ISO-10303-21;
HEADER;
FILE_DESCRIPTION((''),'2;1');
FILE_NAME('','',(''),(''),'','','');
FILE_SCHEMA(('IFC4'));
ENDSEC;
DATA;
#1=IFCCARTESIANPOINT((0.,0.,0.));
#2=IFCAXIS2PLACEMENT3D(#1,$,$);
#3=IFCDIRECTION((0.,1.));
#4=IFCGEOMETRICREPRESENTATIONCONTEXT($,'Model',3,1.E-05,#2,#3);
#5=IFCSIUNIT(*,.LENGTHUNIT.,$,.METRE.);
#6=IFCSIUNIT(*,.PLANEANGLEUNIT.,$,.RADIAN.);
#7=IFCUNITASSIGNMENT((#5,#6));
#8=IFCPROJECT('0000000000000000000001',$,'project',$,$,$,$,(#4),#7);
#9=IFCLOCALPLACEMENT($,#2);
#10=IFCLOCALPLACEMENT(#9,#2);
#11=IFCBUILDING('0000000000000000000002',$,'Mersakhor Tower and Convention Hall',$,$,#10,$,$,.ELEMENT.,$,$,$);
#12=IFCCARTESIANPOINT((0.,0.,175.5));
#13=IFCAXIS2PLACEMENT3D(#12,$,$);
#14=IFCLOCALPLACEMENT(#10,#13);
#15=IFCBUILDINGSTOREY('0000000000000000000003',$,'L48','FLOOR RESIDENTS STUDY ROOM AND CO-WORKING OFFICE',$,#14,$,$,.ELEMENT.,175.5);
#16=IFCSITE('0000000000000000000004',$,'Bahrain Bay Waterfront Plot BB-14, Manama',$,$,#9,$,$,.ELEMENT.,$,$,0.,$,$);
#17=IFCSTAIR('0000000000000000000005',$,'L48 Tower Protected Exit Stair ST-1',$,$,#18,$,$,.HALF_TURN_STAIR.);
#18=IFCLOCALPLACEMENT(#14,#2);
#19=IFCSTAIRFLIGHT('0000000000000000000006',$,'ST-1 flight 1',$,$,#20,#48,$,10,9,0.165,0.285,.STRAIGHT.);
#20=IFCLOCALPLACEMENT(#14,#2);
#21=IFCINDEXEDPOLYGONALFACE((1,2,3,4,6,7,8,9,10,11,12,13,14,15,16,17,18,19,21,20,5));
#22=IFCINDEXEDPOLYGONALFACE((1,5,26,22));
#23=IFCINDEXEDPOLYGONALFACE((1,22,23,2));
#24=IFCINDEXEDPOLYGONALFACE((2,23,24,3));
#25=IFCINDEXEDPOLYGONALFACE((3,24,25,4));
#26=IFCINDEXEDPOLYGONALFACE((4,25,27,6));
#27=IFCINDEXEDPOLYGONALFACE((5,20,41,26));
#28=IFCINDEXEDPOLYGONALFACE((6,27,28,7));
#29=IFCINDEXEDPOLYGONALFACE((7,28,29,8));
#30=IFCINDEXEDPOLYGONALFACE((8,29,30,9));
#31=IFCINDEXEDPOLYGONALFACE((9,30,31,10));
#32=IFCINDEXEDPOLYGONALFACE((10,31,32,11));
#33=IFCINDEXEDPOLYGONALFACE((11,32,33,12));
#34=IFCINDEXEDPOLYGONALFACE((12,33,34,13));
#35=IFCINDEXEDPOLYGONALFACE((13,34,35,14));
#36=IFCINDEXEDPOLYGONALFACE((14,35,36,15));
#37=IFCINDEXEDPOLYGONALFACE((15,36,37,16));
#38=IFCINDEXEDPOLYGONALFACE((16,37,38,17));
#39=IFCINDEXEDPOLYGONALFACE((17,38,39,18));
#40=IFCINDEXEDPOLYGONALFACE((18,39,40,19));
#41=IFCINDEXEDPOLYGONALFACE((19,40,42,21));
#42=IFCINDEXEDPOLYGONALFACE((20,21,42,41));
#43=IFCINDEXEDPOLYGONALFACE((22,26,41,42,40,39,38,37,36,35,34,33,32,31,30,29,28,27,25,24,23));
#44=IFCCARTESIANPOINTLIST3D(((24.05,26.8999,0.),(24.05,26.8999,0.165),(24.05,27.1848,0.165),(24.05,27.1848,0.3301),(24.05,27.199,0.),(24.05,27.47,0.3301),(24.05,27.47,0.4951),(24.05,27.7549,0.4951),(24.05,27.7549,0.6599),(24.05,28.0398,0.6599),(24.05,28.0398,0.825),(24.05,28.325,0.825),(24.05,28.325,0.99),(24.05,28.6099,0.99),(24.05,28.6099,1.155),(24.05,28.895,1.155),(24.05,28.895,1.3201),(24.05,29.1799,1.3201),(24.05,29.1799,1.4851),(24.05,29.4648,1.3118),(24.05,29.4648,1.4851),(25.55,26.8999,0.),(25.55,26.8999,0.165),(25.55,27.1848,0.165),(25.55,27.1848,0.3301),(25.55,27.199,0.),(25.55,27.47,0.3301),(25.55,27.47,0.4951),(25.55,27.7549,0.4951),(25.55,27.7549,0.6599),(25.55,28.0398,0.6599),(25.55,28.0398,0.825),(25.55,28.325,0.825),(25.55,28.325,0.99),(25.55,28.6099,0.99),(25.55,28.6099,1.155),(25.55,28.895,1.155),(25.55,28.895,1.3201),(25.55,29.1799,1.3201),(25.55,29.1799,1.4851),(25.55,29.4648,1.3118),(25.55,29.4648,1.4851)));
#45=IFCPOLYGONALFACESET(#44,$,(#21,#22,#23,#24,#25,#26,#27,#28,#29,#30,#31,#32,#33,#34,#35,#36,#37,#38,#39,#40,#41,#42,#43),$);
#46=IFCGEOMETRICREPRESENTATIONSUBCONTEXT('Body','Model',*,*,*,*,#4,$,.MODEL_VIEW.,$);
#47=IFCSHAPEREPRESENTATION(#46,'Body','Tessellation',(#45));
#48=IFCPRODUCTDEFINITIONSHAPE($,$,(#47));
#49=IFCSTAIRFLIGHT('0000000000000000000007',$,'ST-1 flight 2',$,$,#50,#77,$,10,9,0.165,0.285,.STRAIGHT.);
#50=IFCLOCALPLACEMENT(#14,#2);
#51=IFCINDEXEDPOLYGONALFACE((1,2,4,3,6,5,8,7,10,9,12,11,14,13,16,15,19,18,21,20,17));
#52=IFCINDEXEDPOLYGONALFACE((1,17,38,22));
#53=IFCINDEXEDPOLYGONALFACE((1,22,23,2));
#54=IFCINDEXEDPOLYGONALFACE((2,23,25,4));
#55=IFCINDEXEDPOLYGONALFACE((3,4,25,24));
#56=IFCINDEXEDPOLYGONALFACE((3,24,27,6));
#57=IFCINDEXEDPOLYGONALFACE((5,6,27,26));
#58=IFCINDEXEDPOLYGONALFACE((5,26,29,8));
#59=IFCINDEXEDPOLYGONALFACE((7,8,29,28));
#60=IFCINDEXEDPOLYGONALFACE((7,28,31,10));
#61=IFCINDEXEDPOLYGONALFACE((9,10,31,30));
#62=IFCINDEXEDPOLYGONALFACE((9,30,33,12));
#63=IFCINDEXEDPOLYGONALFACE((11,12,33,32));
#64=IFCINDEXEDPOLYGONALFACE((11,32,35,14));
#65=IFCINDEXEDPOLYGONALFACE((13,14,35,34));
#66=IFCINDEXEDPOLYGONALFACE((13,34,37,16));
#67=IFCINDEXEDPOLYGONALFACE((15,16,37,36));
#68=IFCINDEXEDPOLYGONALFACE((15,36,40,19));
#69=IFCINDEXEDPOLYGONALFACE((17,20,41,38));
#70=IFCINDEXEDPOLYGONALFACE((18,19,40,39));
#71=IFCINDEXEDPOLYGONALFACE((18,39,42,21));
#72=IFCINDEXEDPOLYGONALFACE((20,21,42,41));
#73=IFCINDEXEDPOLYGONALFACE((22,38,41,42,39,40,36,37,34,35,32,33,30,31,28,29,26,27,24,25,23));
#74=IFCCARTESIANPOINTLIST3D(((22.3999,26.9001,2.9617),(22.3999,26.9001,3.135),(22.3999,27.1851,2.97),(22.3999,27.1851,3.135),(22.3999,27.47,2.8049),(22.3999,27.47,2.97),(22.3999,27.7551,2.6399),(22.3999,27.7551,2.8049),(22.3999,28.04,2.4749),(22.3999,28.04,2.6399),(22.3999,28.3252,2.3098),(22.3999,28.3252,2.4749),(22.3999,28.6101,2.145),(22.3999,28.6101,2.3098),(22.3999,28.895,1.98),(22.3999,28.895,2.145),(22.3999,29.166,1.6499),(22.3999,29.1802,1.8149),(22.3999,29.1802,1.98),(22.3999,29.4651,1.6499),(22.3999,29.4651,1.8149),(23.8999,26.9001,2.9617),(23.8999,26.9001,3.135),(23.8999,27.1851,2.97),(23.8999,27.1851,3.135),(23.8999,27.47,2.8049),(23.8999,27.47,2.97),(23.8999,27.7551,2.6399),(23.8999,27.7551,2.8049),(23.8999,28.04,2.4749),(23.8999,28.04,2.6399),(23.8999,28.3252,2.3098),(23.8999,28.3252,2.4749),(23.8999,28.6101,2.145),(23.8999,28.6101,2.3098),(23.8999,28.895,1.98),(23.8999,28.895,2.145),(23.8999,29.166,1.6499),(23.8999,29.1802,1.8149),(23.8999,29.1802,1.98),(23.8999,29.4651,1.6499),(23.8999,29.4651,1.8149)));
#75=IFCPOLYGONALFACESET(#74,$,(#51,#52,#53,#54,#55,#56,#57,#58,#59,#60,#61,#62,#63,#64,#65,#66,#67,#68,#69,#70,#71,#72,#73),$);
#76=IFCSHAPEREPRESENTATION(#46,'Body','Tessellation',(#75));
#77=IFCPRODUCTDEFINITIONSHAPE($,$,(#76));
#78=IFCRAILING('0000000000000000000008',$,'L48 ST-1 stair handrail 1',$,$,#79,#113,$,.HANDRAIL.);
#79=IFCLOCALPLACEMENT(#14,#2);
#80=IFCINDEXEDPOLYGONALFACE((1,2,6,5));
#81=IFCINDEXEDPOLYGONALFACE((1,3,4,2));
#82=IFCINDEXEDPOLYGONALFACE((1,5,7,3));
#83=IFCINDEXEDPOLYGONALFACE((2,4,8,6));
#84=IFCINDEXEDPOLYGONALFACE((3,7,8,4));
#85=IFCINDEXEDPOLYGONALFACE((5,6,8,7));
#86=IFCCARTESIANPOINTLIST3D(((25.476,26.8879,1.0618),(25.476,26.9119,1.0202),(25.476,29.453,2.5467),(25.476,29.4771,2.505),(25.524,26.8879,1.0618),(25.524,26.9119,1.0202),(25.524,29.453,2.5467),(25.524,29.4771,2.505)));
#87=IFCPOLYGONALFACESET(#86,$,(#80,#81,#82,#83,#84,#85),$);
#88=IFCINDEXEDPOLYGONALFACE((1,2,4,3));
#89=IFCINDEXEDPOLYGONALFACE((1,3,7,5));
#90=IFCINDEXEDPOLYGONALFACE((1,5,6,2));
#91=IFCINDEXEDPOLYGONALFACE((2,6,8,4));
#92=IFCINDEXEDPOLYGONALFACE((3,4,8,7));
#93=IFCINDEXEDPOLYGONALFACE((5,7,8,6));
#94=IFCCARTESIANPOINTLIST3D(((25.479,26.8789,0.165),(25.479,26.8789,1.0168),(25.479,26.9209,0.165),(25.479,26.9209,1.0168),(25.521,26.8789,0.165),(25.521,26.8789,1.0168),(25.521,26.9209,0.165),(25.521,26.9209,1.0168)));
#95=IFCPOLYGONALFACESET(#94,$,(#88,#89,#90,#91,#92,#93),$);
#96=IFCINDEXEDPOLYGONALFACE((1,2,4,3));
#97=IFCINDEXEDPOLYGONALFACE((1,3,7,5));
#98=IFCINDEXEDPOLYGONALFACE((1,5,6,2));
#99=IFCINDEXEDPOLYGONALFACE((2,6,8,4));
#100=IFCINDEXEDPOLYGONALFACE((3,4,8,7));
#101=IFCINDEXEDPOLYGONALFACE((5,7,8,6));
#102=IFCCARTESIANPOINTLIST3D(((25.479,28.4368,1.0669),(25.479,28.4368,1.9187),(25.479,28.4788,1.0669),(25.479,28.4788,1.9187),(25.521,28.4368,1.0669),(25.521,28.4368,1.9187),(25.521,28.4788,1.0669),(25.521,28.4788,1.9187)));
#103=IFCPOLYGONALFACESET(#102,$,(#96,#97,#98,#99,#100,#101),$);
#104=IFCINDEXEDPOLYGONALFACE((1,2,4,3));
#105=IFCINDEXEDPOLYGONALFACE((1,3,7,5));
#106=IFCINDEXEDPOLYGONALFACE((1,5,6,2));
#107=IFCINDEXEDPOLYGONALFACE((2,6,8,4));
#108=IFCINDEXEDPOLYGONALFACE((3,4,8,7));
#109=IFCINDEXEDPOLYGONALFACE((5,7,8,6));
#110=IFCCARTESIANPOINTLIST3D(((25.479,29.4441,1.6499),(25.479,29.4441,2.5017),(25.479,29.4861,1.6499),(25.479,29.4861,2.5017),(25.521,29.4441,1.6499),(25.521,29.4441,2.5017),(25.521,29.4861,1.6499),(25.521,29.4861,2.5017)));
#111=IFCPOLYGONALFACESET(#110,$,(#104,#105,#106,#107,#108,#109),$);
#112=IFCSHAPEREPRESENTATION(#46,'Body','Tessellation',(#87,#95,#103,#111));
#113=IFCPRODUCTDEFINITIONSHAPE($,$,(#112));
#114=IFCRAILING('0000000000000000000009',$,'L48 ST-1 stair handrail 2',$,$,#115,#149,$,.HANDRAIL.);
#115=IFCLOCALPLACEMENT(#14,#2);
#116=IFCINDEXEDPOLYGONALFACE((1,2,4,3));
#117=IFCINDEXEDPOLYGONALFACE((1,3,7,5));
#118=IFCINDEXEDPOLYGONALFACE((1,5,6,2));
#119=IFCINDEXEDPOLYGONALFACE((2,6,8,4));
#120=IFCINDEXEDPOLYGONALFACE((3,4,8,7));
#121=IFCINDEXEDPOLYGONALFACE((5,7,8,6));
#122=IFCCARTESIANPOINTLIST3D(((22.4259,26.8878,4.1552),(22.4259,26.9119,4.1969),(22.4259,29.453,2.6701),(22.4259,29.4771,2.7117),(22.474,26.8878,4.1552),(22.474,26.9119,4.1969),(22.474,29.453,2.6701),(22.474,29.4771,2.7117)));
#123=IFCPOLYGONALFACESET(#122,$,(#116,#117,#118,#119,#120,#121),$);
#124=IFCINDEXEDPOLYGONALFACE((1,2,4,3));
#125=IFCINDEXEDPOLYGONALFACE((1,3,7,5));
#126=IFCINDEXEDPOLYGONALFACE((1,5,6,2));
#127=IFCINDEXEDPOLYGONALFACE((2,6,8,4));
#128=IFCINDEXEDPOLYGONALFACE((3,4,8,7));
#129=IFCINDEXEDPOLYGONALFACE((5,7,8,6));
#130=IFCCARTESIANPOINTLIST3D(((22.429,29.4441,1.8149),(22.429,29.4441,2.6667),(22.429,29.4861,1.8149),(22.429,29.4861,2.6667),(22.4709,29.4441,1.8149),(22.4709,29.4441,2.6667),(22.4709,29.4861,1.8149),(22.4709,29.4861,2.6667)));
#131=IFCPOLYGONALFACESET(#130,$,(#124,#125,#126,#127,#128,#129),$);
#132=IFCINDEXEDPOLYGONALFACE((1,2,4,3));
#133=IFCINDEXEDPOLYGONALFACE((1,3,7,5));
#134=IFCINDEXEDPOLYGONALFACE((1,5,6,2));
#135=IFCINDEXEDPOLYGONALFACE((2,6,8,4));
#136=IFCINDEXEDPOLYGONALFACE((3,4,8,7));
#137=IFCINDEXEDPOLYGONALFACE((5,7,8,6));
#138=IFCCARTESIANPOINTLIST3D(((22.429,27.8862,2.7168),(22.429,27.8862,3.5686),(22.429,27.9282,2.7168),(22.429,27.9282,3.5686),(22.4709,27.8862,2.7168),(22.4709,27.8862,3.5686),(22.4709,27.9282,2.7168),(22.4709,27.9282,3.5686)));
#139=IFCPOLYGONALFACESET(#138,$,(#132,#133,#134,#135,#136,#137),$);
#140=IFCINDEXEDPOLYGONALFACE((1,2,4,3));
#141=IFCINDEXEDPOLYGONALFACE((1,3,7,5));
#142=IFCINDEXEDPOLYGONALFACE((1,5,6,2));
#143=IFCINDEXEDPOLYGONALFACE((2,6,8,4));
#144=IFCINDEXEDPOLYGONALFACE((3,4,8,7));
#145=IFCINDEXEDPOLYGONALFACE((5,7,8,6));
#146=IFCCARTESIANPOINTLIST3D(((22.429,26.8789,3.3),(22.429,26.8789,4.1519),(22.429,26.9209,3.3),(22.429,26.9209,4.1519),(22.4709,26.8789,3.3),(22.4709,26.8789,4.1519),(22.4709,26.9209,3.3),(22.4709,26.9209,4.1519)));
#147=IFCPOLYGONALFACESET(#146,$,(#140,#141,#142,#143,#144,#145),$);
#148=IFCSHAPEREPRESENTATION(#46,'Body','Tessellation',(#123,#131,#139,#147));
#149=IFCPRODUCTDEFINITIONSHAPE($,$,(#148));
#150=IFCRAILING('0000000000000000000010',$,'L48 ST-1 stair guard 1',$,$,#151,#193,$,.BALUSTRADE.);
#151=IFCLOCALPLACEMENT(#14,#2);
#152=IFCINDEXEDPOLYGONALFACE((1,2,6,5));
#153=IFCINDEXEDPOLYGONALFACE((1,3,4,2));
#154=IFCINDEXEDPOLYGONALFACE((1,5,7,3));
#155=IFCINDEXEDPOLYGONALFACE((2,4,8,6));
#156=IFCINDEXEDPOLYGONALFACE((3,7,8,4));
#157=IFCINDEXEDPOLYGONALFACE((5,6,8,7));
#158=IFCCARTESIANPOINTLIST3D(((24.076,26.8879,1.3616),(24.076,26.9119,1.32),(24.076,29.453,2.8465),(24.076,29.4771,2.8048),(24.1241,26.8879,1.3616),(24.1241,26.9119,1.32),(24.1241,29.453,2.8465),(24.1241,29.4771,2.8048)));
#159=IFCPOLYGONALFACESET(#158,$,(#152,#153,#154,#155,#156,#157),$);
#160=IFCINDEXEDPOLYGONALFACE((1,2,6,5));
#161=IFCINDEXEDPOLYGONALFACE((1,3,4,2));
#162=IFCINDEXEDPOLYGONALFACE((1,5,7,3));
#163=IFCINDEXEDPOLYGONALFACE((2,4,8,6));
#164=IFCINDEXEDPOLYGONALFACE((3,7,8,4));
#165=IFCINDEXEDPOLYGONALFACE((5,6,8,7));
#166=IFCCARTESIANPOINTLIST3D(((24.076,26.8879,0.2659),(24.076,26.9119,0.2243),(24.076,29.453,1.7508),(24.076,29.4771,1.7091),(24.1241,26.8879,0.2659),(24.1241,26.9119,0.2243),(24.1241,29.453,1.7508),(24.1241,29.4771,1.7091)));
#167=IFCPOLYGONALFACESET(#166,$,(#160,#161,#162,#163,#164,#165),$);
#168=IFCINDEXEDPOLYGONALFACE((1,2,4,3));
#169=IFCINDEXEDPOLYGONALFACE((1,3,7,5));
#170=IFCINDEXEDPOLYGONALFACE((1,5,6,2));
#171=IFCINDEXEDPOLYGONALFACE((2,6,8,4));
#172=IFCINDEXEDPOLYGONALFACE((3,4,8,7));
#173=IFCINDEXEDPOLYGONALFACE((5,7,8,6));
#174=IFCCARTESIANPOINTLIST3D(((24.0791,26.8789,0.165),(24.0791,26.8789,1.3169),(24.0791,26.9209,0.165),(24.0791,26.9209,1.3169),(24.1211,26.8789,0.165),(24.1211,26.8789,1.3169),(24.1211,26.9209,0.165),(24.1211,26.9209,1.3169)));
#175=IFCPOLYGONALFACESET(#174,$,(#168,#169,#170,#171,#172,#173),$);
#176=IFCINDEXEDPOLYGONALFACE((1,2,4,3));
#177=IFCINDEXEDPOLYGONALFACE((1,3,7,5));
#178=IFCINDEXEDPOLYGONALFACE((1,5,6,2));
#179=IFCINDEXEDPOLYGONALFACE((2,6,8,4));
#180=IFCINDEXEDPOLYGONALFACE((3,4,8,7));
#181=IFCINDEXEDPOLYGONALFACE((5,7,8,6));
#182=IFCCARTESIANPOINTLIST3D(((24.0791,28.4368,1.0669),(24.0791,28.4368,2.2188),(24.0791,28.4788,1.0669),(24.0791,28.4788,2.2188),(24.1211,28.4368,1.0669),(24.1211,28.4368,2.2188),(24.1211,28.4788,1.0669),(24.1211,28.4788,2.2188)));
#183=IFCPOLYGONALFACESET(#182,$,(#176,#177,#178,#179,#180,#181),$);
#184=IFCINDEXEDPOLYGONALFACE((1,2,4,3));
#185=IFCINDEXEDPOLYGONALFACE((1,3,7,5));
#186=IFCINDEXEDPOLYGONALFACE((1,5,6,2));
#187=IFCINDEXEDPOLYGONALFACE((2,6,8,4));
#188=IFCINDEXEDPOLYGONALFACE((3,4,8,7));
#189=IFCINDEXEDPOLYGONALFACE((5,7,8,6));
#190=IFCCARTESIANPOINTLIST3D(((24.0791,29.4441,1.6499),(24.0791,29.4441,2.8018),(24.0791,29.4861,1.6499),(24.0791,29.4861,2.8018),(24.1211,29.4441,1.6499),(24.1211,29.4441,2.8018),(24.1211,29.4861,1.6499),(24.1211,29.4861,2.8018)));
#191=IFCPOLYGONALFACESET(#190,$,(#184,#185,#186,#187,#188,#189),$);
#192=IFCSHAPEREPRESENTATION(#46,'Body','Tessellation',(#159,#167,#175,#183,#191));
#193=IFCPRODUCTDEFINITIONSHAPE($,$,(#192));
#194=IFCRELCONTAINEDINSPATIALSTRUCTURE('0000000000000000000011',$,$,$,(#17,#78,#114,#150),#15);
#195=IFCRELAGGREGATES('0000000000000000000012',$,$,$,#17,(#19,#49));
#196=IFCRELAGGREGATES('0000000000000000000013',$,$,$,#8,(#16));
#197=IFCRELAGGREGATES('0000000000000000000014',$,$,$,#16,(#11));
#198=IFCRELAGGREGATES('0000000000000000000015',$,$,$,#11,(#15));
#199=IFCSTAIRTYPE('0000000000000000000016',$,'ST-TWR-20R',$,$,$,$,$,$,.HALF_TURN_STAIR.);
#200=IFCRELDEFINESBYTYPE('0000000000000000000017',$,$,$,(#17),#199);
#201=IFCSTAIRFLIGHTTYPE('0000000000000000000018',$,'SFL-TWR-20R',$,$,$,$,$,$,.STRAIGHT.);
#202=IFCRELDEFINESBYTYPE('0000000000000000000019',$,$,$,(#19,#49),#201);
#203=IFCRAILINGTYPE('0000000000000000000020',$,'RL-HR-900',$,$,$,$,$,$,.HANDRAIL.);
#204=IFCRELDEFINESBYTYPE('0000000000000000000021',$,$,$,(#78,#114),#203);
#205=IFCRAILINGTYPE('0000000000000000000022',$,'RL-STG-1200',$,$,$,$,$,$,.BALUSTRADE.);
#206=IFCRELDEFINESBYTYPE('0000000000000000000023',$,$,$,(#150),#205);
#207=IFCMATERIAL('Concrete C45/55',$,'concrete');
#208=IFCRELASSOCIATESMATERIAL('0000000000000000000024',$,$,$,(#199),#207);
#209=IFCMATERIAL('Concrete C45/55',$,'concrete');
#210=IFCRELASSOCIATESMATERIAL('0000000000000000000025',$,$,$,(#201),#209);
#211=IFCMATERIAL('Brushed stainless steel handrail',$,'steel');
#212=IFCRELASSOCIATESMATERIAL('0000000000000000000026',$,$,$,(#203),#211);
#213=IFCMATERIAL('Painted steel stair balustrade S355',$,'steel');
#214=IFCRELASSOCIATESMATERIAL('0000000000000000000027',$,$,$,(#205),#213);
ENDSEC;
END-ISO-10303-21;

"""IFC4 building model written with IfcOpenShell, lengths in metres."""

from ifc_helpers import new_model, si_unit, direction, frame, origin, origin_2d, place, context, subcontext, project, spatial, polyline, rectangle, outline, extrude, material, type_object, element, aggregate, save


model = new_model("IFC4")

# Units and contexts
model_context = context("Model", 3, precision=1e-05, world=origin(), true_north=direction((0.0, 1.0)))
body_context = subcontext(model_context, "Body", "Model", "MODEL_VIEW")
ifc_project = project(units=[si_unit("LENGTHUNIT", "METRE"), si_unit("PLANEANGLEUNIT", "RADIAN")], contexts=[model_context])

# Site, building, storey
site_placement = place(None, origin())
site = spatial("IfcSite", under=ifc_project, at=site_placement, Name="Bahrain Bay Waterfront Plot BB-14, Manama", CompositionType="ELEMENT", RefElevation=0.0)
building_placement = place(site_placement, origin())
building = spatial("IfcBuilding", under=site, at=building_placement, Name="Mersakhor Tower and Convention Hall", CompositionType="ELEMENT")
storey_placement = place(building_placement, frame((0.0, 0.0, 175.5)))
storey = spatial("IfcBuildingStorey", under=building, at=storey_placement, Name="L48", Description="FLOOR RESIDENTS STUDY ROOM AND CO-WORKING OFFICE", CompositionType="ELEMENT", Elevation=175.5)

# Stair, stair flights
ifc_material_1 = material(Name="Concrete C45/55", Category="concrete")
stair_type = type_object("IfcStairType", Name="ST-TWR-20R", PredefinedType="HALF_TURN_STAIR", material=ifc_material_1)
stair_placement = place(storey_placement, origin())
stair = element("IfcStair", 1, at=stair_placement, inside=storey, type_object=stair_type, Name="L48 Tower Protected Exit Stair ST-1", PredefinedType="HALF_TURN_STAIR")
ifc_material_2 = material(Name="Concrete C45/55", Category="concrete")
stair_flight_type = type_object("IfcStairFlightType", Name="SFL-TWR-20R", PredefinedType="STRAIGHT", material=ifc_material_2)
stair_flight_1_placement = place(storey_placement, frame((24.8, 26.8999, 0.0), z_axis=(0.0, 0.0, 1.0), x_axis=(0.0, 1.0, 0.0)))
stair_flight_1 = element("IfcStairFlight", 2, at=stair_flight_1_placement, type_object=stair_flight_type, Name="ST-1 flight 1", NumberOfRisers=10, NumberOfTreads=9, PredefinedType="STRAIGHT", RiserHeight=0.165, TreadLength=0.285, context=body_context, shape_type="SweptSolid", body=[
    extrude(outline(polyline([(0.0, 0.0), (0.0, 0.165), (0.2849, 0.165), (0.2849, 0.3301), (0.5701, 0.3301), (0.5701, 0.4951), (0.855, 0.4951), (0.855, 0.6599), (1.1399, 0.6599), (1.1399, 0.825), (1.425, 0.825), (1.425, 0.99), (1.71, 0.99), (1.71, 1.155), (1.9951, 1.155), (1.9951, 1.3201), (2.28, 1.3201), (2.28, 1.4851), (2.5649, 1.4851), (2.5649, 1.6499), (2.5649, 1.3118), (0.2991, 0.0), (0.0, 0.0)])), frame((0.0, 0.75, 0.0), z_axis=(0.0, -1.0, 0.0), x_axis=(1.0, 0.0, 0.0)), (0.0, 0.0, 1.0), 1.5),
])
stair_flight_2_placement = place(storey_placement, frame((23.1499, 29.4651, 1.6499), z_axis=(0.0, 0.0, 1.0), x_axis=(0.0, -1.0, 0.0)))
stair_flight_2 = element("IfcStairFlight", 3, at=stair_flight_2_placement, type_object=stair_flight_type, Name="ST-1 flight 2", NumberOfRisers=10, NumberOfTreads=9, PredefinedType="STRAIGHT", RiserHeight=0.165, TreadLength=0.285, context=body_context, shape_type="SweptSolid", body=[
    extrude(outline(polyline([(0.0, 0.0), (0.0, 0.165), (0.2849, 0.165), (0.2849, 0.3301), (0.5701, 0.3301), (0.5701, 0.4951), (0.855, 0.4951), (0.855, 0.6599), (1.1399, 0.6599), (1.1399, 0.825), (1.425, 0.825), (1.425, 0.99), (1.71, 0.99), (1.71, 1.155), (1.9951, 1.155), (1.9951, 1.3201), (2.28, 1.3201), (2.28, 1.4851), (2.5649, 1.4851), (2.5649, 1.6499), (2.5649, 1.3118), (0.2991, 0.0), (0.0, 0.0)])), frame((0.0, 0.75, 0.0), z_axis=(0.0, -1.0, 0.0), x_axis=(1.0, 0.0, 0.0)), (0.0, 0.0, 1.0), 1.5),
])
aggregate(stair, [stair_flight_1, stair_flight_2])

# Railings
ifc_material_3 = material(Name="Brushed stainless steel handrail", Category="steel")
railing_type_1 = type_object("IfcRailingType", Name="RL-HR-900", PredefinedType="HANDRAIL", material=ifc_material_3)
railing_1_placement = place(storey_placement, frame((25.5, 26.8999, 0.165)))
element("IfcRailing", 4, at=railing_1_placement, inside=storey, type_object=railing_type_1, Name="L48 ST-1 stair handrail 1", PredefinedType="HANDRAIL", context=body_context, shape_type="SweptSolid", body=[
    extrude(rectangle(XDim=0.0481, YDim=0.0481, at=origin_2d()), frame((0.0, 0.0, 0.876), z_axis=(0.0, 0.865462, 0.500975), x_axis=(-1.0, 0.0, 0.0)), (0.0, 0.0, 1.0), 2.9639),
    extrude(rectangle(XDim=0.042, YDim=0.042, at=origin_2d()), origin(), (0.0, 0.0, 1.0), 0.8518),
    extrude(rectangle(XDim=0.042, YDim=0.042, at=origin_2d()), frame((0.0, 1.5579, 0.9019)), (0.0, 0.0, 1.0), 0.8518),
    extrude(rectangle(XDim=0.042, YDim=0.042, at=origin_2d()), frame((0.0, 2.5652, 1.4849)), (0.0, 0.0, 1.0), 0.8518),
])
railing_2_placement = place(storey_placement, frame((22.45, 29.4651, 1.8149)))
element("IfcRailing", 5, at=railing_2_placement, inside=storey, type_object=railing_type_1, Name="L48 ST-1 stair handrail 2", PredefinedType="HANDRAIL", context=body_context, shape_type="SweptSolid", body=[
    extrude(rectangle(XDim=0.0481, YDim=0.0481, at=origin_2d()), frame((0.0, 0.0, 0.876), z_axis=(0.0, -0.865426, 0.501036), x_axis=(1.0, 0.0, 0.0)), (0.0, 0.0, 1.0), 2.9641),
    extrude(rectangle(XDim=0.042, YDim=0.042, at=origin_2d()), origin(), (0.0, 0.0, 1.0), 0.8518),
    extrude(rectangle(XDim=0.042, YDim=0.042, at=origin_2d()), frame((0.0, -1.5579, 0.9019)), (0.0, 0.0, 1.0), 0.8518),
    extrude(rectangle(XDim=0.042, YDim=0.042, at=origin_2d()), frame((0.0, -2.5652, 1.4851)), (0.0, 0.0, 1.0), 0.8518),
])
ifc_material_4 = material(Name="Painted steel stair balustrade S355", Category="steel")
railing_type_2 = type_object("IfcRailingType", Name="RL-STG-1200", PredefinedType="BALUSTRADE", material=ifc_material_4)
railing_3_placement = place(storey_placement, frame((24.1001, 26.8999, 0.165)))
element("IfcRailing", 6, at=railing_3_placement, inside=storey, type_object=railing_type_2, Name="L48 ST-1 stair guard 1", PredefinedType="BALUSTRADE", context=body_context, shape_type="SweptSolid", body=[
    extrude(rectangle(XDim=0.0481, YDim=0.0481, at=origin_2d()), frame((0.0, 0.0, 1.1758), z_axis=(0.0, 0.865462, 0.500975), x_axis=(-1.0, 0.0, 0.0)), (0.0, 0.0, 1.0), 2.9639),
    extrude(rectangle(XDim=0.0481, YDim=0.0481, at=origin_2d()), frame((0.0, 0.0, 0.0801), z_axis=(0.0, 0.865462, 0.500975), x_axis=(-1.0, 0.0, 0.0)), (0.0, 0.0, 1.0), 2.9639),
    extrude(rectangle(XDim=0.042, YDim=0.042, at=origin_2d()), origin(), (0.0, 0.0, 1.0), 1.1519),
    extrude(rectangle(XDim=0.042, YDim=0.042, at=origin_2d()), frame((0.0, 1.5579, 0.9019)), (0.0, 0.0, 1.0), 1.1519),
    extrude(rectangle(XDim=0.042, YDim=0.042, at=origin_2d()), frame((0.0, 2.5652, 1.4849)), (0.0, 0.0, 1.0), 1.1519),
])

save(model, "model.ifc")
